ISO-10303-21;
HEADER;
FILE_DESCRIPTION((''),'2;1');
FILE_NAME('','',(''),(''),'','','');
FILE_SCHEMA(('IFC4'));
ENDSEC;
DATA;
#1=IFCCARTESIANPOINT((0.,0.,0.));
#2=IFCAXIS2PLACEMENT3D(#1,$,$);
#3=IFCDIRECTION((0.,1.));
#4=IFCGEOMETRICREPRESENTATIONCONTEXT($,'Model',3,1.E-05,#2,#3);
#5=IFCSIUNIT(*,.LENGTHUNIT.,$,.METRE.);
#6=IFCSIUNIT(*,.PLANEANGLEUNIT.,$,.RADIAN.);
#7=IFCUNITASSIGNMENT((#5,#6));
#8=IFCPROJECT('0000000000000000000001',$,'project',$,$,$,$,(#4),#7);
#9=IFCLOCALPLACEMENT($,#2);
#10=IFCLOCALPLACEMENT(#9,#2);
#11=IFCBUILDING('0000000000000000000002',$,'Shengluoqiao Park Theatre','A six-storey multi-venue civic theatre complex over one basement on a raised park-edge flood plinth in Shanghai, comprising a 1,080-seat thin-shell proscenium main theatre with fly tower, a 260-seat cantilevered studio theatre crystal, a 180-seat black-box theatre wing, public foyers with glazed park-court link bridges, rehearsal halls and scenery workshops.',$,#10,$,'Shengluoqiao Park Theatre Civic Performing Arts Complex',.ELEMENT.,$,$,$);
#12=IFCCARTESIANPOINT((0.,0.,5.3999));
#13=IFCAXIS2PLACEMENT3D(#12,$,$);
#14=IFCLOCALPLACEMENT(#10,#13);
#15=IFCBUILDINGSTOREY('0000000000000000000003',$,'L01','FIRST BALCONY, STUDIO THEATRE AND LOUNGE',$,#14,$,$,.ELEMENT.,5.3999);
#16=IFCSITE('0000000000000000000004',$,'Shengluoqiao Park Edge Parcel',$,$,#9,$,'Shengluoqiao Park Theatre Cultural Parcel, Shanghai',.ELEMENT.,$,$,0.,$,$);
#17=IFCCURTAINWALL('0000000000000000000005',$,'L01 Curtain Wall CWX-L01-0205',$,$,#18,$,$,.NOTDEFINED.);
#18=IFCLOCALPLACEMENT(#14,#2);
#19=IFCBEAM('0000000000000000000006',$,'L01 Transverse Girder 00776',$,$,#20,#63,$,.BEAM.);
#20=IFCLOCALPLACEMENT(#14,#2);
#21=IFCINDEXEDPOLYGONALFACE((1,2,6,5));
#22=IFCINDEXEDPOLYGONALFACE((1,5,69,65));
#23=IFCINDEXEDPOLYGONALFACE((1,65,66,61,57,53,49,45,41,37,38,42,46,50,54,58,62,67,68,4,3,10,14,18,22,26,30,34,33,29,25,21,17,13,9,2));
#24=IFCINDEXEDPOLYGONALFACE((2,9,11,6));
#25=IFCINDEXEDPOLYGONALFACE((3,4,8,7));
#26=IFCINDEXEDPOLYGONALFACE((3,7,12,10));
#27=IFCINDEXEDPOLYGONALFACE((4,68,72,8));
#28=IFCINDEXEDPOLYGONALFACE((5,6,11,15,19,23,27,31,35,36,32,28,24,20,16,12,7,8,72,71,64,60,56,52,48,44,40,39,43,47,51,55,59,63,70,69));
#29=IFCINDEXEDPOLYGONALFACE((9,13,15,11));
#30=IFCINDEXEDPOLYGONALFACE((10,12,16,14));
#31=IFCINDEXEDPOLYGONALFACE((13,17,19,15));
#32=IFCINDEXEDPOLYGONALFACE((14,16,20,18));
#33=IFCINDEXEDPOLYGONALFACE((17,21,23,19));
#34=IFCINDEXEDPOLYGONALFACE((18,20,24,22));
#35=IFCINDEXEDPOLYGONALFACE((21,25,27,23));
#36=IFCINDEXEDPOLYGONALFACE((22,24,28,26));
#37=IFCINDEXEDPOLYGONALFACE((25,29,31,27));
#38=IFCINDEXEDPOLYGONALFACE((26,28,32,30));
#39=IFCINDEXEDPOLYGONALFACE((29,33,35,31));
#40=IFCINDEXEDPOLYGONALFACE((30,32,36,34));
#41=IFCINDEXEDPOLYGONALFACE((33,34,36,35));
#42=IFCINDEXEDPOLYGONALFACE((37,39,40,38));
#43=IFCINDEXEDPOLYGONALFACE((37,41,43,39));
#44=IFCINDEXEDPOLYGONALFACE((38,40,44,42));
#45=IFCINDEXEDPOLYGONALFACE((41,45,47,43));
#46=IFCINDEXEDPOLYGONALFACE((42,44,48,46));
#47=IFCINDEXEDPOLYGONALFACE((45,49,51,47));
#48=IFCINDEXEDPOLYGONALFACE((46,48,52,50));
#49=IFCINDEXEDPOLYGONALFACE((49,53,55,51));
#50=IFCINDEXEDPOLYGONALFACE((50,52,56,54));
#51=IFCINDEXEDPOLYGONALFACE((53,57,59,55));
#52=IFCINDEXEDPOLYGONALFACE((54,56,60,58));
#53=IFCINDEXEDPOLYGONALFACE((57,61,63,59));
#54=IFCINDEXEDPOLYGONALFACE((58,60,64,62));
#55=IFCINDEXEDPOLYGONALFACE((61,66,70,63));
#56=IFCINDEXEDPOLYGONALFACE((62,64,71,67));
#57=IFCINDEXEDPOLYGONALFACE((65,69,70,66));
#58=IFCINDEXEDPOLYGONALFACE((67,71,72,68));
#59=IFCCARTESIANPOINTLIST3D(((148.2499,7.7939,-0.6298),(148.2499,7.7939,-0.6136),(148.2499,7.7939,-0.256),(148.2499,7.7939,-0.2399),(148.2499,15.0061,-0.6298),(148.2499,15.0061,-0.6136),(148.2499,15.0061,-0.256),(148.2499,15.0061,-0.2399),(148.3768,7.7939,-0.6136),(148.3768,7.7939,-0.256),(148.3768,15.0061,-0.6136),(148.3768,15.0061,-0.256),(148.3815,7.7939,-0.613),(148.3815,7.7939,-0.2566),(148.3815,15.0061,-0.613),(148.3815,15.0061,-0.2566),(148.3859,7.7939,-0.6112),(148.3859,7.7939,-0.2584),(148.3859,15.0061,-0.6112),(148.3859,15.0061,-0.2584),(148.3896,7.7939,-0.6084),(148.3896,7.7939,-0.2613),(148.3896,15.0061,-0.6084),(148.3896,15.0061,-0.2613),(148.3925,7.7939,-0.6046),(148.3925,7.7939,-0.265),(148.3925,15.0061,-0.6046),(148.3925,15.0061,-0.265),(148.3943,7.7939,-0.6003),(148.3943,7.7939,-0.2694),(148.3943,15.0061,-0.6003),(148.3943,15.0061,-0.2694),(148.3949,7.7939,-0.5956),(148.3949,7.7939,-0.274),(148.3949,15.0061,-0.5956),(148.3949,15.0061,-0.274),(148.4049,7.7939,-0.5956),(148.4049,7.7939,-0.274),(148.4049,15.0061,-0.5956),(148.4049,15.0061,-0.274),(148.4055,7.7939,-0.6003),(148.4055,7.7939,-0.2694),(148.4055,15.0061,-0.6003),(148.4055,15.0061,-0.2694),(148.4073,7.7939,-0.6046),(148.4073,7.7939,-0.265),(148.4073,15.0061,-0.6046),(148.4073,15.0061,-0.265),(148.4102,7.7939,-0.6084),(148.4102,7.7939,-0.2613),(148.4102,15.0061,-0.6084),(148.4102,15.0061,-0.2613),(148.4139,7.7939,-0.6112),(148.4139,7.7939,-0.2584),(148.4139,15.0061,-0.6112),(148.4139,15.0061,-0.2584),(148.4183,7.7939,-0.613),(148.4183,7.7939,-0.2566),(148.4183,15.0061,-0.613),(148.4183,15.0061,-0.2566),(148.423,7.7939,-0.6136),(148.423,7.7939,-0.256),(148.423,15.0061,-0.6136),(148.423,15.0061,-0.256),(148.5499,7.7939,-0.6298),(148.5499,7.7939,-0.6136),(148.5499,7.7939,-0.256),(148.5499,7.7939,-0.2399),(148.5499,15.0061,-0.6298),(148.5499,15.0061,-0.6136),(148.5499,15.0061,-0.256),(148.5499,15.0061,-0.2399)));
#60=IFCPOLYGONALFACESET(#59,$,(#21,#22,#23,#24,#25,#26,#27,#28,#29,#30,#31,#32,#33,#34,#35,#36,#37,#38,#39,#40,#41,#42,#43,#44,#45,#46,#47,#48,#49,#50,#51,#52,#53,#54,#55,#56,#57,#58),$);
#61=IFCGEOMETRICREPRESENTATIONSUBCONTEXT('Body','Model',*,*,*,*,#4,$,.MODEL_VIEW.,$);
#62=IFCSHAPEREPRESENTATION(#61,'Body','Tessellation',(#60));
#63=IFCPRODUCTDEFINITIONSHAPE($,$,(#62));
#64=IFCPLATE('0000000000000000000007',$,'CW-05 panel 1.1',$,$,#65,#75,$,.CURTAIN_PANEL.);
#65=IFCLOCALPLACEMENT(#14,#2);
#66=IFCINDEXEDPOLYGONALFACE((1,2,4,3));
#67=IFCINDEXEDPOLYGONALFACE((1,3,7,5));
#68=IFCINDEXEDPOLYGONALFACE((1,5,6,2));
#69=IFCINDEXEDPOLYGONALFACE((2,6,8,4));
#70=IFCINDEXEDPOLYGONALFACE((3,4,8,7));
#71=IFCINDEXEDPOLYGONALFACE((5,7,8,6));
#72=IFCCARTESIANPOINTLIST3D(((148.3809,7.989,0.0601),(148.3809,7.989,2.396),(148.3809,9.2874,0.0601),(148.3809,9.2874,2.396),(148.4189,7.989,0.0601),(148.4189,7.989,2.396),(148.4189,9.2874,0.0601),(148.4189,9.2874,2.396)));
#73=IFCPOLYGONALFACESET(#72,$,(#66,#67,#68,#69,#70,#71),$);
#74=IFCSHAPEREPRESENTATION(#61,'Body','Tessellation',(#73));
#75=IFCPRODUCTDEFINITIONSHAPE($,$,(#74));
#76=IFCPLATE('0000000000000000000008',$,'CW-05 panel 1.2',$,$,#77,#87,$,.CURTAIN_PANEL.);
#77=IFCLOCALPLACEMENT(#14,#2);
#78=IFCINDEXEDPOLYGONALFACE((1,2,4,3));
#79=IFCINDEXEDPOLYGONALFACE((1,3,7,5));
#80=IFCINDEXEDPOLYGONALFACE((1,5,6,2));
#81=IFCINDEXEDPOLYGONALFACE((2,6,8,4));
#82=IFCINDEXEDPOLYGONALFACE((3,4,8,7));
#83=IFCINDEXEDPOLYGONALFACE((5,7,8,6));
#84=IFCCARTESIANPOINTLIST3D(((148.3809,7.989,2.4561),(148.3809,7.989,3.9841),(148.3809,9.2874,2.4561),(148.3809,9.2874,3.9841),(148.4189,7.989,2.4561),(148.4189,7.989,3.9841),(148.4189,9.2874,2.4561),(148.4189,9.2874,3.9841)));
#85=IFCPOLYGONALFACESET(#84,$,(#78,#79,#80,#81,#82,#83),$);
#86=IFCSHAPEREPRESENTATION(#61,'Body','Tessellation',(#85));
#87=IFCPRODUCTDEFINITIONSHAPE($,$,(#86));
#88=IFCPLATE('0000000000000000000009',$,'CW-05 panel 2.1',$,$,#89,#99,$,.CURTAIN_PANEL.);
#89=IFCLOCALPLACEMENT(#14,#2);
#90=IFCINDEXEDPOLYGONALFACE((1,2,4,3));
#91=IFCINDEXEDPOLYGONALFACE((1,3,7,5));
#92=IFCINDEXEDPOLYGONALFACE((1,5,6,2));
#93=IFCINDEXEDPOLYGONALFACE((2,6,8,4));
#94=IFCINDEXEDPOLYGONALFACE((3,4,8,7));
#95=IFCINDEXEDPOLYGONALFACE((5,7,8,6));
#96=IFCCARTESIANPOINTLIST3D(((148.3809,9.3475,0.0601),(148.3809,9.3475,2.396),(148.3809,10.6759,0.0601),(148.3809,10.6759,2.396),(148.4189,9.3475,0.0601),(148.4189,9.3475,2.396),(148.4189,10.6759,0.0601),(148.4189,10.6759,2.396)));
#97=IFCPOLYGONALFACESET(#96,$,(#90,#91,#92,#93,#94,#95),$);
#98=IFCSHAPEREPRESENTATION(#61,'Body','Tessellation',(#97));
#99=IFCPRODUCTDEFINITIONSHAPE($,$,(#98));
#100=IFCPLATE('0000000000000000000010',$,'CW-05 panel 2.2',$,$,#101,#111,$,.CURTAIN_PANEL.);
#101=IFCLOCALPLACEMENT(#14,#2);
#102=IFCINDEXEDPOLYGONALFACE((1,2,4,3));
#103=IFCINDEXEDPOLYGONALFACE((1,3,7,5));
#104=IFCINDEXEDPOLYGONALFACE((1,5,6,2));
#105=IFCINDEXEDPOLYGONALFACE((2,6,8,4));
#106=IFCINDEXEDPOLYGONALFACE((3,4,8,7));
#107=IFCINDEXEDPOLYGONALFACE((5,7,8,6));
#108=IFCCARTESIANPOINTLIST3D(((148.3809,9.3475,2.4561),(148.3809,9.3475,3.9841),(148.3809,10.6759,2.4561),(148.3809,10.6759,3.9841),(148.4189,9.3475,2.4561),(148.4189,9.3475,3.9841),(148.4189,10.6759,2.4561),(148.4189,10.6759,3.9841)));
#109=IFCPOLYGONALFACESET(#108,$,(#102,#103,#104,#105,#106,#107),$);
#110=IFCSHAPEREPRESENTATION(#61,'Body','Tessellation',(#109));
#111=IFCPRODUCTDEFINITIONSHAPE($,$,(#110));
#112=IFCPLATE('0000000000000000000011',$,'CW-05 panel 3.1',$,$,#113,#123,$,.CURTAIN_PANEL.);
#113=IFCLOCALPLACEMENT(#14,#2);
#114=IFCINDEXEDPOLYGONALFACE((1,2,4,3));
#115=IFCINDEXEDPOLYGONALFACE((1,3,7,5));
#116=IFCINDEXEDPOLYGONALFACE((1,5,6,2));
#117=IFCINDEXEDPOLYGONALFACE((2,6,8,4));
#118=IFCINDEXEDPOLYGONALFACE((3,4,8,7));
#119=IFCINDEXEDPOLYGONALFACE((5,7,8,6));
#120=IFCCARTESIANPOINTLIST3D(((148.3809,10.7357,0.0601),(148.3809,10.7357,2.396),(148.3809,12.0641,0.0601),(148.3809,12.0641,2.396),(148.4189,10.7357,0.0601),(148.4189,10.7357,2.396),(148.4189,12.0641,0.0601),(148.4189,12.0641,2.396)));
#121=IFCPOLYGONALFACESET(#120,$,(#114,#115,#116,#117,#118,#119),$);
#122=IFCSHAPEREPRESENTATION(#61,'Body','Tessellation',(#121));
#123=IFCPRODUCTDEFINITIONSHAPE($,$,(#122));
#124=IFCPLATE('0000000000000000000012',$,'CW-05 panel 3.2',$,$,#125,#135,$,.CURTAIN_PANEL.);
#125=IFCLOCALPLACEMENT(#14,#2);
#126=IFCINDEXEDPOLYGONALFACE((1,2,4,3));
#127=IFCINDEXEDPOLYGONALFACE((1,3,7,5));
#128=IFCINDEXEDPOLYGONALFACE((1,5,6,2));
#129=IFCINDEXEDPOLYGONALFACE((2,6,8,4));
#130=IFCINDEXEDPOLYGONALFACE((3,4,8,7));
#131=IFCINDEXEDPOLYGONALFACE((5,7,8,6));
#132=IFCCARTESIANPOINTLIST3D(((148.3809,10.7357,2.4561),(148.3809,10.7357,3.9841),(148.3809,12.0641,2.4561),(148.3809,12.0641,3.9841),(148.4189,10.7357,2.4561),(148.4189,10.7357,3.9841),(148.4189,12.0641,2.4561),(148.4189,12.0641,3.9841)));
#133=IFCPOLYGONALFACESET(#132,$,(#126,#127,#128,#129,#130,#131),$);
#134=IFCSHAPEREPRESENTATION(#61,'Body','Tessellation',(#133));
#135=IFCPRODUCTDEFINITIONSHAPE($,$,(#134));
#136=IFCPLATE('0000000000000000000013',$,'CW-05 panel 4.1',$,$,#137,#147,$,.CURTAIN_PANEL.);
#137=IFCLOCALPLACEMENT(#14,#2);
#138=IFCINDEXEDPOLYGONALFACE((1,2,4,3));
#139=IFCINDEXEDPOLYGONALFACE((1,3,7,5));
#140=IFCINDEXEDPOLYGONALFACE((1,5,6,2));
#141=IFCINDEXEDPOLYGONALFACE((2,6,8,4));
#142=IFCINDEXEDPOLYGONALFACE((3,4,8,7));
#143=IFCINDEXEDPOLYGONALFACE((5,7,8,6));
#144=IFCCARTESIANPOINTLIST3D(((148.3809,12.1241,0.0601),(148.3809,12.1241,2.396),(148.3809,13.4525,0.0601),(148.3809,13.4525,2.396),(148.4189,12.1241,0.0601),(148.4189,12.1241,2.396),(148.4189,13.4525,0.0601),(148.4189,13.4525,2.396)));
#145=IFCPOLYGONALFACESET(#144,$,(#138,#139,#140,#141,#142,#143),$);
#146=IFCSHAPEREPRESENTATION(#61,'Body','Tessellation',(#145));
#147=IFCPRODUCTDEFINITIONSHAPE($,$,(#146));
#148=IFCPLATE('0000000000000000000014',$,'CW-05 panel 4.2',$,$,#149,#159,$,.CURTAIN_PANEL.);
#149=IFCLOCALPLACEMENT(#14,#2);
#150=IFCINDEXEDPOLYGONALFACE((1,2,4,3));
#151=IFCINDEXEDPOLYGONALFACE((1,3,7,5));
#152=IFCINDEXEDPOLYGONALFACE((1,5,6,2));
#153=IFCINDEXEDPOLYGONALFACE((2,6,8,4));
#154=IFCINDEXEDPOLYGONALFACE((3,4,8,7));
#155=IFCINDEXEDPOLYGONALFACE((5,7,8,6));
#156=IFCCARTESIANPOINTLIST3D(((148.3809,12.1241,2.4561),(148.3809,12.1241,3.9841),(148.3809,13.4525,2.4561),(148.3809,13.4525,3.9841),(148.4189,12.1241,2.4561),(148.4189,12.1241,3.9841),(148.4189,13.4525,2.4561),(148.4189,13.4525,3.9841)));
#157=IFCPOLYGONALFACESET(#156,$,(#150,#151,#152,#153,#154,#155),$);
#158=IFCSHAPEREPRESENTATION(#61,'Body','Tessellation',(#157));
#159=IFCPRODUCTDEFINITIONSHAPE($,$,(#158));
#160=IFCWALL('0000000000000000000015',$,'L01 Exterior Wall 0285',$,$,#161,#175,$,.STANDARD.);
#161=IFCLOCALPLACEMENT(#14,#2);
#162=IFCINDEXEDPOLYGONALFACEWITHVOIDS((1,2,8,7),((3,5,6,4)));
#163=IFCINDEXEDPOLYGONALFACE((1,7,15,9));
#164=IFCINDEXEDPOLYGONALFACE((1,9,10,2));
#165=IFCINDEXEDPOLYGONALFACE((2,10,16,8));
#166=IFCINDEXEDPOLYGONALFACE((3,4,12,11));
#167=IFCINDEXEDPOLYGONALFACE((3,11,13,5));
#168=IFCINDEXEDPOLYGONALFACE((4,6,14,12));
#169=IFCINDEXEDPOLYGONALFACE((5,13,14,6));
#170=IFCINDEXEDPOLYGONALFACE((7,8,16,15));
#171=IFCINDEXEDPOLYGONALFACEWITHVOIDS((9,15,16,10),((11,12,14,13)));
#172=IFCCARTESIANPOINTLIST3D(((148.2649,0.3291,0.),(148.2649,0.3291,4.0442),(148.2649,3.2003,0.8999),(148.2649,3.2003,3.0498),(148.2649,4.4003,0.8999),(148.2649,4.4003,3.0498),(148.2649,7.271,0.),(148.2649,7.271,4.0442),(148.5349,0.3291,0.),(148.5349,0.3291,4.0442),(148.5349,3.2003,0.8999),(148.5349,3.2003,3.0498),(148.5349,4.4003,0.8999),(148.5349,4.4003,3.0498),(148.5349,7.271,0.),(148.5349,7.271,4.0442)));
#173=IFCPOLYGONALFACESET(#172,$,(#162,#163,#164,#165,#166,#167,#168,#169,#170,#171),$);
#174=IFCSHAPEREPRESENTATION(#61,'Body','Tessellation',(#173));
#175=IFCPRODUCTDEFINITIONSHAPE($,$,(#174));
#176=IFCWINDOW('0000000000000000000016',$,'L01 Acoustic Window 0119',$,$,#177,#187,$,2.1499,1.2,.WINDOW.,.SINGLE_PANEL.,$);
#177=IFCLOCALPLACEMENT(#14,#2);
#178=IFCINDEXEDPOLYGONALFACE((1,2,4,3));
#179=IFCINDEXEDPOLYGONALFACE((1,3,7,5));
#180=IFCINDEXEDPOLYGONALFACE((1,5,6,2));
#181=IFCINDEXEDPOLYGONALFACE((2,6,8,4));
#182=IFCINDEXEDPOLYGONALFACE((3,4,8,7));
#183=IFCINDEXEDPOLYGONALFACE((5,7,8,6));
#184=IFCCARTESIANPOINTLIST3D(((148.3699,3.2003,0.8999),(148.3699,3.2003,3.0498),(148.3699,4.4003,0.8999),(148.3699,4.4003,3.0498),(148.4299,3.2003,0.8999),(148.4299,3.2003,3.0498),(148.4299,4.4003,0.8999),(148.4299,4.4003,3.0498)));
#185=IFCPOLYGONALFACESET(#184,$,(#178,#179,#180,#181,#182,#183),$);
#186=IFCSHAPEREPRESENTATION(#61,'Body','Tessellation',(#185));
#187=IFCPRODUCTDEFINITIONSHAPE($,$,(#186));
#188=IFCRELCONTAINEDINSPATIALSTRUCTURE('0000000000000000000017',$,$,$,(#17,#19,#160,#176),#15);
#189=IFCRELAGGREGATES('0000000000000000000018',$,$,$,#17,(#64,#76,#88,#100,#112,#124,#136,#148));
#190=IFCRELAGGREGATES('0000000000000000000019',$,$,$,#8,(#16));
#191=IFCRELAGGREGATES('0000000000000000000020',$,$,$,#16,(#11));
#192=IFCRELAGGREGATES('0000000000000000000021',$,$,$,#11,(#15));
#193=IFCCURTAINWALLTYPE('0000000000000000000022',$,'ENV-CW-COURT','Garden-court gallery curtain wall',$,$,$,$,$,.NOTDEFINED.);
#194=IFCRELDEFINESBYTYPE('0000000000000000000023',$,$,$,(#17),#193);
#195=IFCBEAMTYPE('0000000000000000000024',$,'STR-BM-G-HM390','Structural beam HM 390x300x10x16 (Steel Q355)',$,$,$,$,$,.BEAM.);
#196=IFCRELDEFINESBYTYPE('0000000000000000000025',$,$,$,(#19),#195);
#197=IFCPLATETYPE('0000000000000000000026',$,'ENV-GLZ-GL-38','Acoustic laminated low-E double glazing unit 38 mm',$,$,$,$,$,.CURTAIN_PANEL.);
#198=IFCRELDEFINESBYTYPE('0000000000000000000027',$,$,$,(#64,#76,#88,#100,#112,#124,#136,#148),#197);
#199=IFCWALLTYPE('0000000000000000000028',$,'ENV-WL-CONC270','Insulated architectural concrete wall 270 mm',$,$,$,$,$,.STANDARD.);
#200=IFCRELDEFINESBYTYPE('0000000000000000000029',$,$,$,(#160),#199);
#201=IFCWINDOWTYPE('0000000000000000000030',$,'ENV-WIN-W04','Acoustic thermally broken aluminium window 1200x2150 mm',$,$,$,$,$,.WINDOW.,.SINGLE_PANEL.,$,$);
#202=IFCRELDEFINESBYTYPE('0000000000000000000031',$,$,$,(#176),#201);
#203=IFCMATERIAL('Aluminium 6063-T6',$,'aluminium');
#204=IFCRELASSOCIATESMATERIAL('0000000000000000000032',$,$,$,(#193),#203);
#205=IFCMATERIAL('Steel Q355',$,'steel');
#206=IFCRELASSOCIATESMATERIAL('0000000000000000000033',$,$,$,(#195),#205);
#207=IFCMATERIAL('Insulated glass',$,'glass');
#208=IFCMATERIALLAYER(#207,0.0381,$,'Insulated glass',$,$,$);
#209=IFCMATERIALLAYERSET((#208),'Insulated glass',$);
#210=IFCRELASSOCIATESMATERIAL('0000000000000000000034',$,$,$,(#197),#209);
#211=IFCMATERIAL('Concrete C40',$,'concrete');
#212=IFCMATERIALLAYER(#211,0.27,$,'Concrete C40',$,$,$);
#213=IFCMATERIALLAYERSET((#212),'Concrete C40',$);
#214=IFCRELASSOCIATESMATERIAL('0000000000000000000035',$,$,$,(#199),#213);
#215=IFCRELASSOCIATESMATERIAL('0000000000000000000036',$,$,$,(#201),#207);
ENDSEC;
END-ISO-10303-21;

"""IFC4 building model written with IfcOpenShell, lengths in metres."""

from ifc_helpers import new_model, si_unit, direction, frame, frame_2d, origin, origin_2d, place, context, subcontext, project, spatial, rectangle, i_section, extrude, material, layer, layer_set, material_profile, profile_set, type_object, element, fill, aggregate, save


model = new_model("IFC4")

# Units and contexts
model_context = context("Model", 3, precision=1e-05, world=origin(), true_north=direction((0.0, 1.0)))
body_context = subcontext(model_context, "Body", "Model", "MODEL_VIEW")
ifc_project = project(units=[si_unit("LENGTHUNIT", "METRE"), si_unit("PLANEANGLEUNIT", "RADIAN")], contexts=[model_context])

# Site, building, storey
site_placement = place(None, origin())
site = spatial("IfcSite", under=ifc_project, at=site_placement, Name="Shengluoqiao Park Edge Parcel", LongName="Shengluoqiao Park Theatre Cultural Parcel, Shanghai", CompositionType="ELEMENT", RefElevation=0.0)
building_placement = place(site_placement, origin())
building = spatial("IfcBuilding", under=site, at=building_placement, Name="Shengluoqiao Park Theatre", Description="A six-storey multi-venue civic theatre complex over one basement on a raised park-edge flood plinth in Shanghai, comprising a 1,080-seat thin-shell proscenium main theatre with fly tower, a 260-seat cantilevered studio theatre crystal, a 180-seat black-box theatre wing, public foyers with glazed park-court link bridges, rehearsal halls and scenery workshops.", LongName="Shengluoqiao Park Theatre Civic Performing Arts Complex", CompositionType="ELEMENT")
storey_placement = place(building_placement, frame((0.0, 0.0, 5.3999)))
storey = spatial("IfcBuildingStorey", under=building, at=storey_placement, Name="L01", Description="FIRST BALCONY, STUDIO THEATRE AND LOUNGE", CompositionType="ELEMENT", Elevation=5.3999)

# Shared definitions
ifc_material_1 = material(Name="Concrete C40", Category="concrete")

# Curtain wall
ifc_material_2 = material(Name="Aluminium 6063-T6", Category="aluminium")
curtain_wall_type = type_object("IfcCurtainWallType", Name="ENV-CW-COURT", Description="Garden-court gallery curtain wall", PredefinedType="NOTDEFINED", material=ifc_material_2)
curtain_wall_placement = place(storey_placement, origin())
curtain_wall = element("IfcCurtainWall", 1, at=curtain_wall_placement, inside=storey, type_object=curtain_wall_type, Name="L01 Curtain Wall CWX-L01-0205", PredefinedType="NOTDEFINED")

# Beam
ifc_material_3 = material(Name="Steel Q355", Category="steel")
ifc_material_profile_1 = material_profile(ifc_material_3, i_section(OverallWidth=0.3, OverallDepth=0.3899, WebThickness=0.01, FlangeThickness=0.0161, FilletRadius=0.0181, at=origin_2d()), Name="HM 390x300x10x16")
ifc_profile_set_1 = profile_set([ifc_material_profile_1], Name="Steel Q355")
beam_type = type_object("IfcBeamType", Name="STR-BM-G-HM390", Description="Structural beam HM 390x300x10x16 (Steel Q355)", PredefinedType="BEAM", material=ifc_profile_set_1)
beam_1_placement = place(storey_placement, frame((148.3999, 7.7939, -0.4348), z_axis=(0.0, 1.0, 0.0), x_axis=(-1.0, 0.0, 0.0)))
element("IfcBeam", 2, at=beam_1_placement, inside=storey, type_object=beam_type, Name="L01 Transverse Girder 00776", PredefinedType="BEAM", context=body_context, shape_type="SweptSolid", body=[
    extrude(i_section(OverallWidth=0.3, OverallDepth=0.3899, WebThickness=0.01, FlangeThickness=0.0161, FilletRadius=0.0181, at=origin_2d()), origin(), (0.0, 0.0, 1.0), 7.2122),
])

# Plates
ifc_material_4 = material(Name="Insulated glass", Category="glass")
ifc_layer_1 = layer(ifc_material_4, 0.0381, Name="Insulated glass")
ifc_layer_set_1 = layer_set([ifc_layer_1], Name="Insulated glass")
plate_type = type_object("IfcPlateType", Name="ENV-GLZ-GL-38", Description="Acoustic laminated low-E double glazing unit 38 mm", PredefinedType="CURTAIN_PANEL", material=ifc_layer_set_1)
plate_1_placement = place(storey_placement, frame((148.3999, 8.6382, 0.0601), z_axis=(0.0, 0.0, 1.0), x_axis=(0.0, 1.0, 0.0)))
plate_1 = element("IfcPlate", 3, at=plate_1_placement, type_object=plate_type, Name="CW-05 panel 1.1", PredefinedType="CURTAIN_PANEL", context=body_context, shape_type="SweptSolid", body=[
    extrude(rectangle(XDim=1.2983, YDim=0.0381, at=origin_2d()), origin(), (0.0, 0.0, 1.0), 2.3359),
])
plate_2_placement = place(storey_placement, frame((148.3999, 8.6382, 2.4561), z_axis=(0.0, 0.0, 1.0), x_axis=(0.0, 1.0, 0.0)))
plate_2 = element("IfcPlate", 4, at=plate_2_placement, type_object=plate_type, Name="CW-05 panel 1.2", PredefinedType="CURTAIN_PANEL", context=body_context, shape_type="SweptSolid", body=[
    extrude(rectangle(XDim=1.2983, YDim=0.0381, at=origin_2d()), origin(), (0.0, 0.0, 1.0), 1.5281),
])
plate_3_placement = place(storey_placement, frame((148.3999, 10.0117, 0.0601), z_axis=(0.0, 0.0, 1.0), x_axis=(0.0, 1.0, 0.0)))
plate_3 = element("IfcPlate", 5, at=plate_3_placement, type_object=plate_type, Name="CW-05 panel 2.1", PredefinedType="CURTAIN_PANEL", context=body_context, shape_type="SweptSolid", body=[
    extrude(rectangle(XDim=1.3284, YDim=0.0381, at=origin_2d()), origin(), (0.0, 0.0, 1.0), 2.3359),
])
plate_4_placement = place(storey_placement, frame((148.3999, 10.0117, 2.4561), z_axis=(0.0, 0.0, 1.0), x_axis=(0.0, 1.0, 0.0)))
plate_4 = element("IfcPlate", 6, at=plate_4_placement, type_object=plate_type, Name="CW-05 panel 2.2", PredefinedType="CURTAIN_PANEL", context=body_context, shape_type="SweptSolid", body=[
    extrude(rectangle(XDim=1.3284, YDim=0.0381, at=origin_2d()), origin(), (0.0, 0.0, 1.0), 1.5281),
])
plate_5_placement = place(storey_placement, frame((148.3999, 11.3999, 0.0601), z_axis=(0.0, 0.0, 1.0), x_axis=(0.0, 1.0, 0.0)))
plate_5 = element("IfcPlate", 7, at=plate_5_placement, type_object=plate_type, Name="CW-05 panel 3.1", PredefinedType="CURTAIN_PANEL", context=body_context, shape_type="SweptSolid", body=[
    extrude(rectangle(XDim=1.3284, YDim=0.0381, at=origin_2d()), origin(), (0.0, 0.0, 1.0), 2.3359),
])
plate_6_placement = place(storey_placement, frame((148.3999, 11.3999, 2.4561), z_axis=(0.0, 0.0, 1.0), x_axis=(0.0, 1.0, 0.0)))
plate_6 = element("IfcPlate", 8, at=plate_6_placement, type_object=plate_type, Name="CW-05 panel 3.2", PredefinedType="CURTAIN_PANEL", context=body_context, shape_type="SweptSolid", body=[
    extrude(rectangle(XDim=1.3284, YDim=0.0381, at=origin_2d()), origin(), (0.0, 0.0, 1.0), 1.5281),
])
plate_7_placement = place(storey_placement, frame((148.3999, 12.7883, 0.0601), z_axis=(0.0, 0.0, 1.0), x_axis=(0.0, 1.0, 0.0)))
plate_7 = element("IfcPlate", 9, at=plate_7_placement, type_object=plate_type, Name="CW-05 panel 4.1", PredefinedType="CURTAIN_PANEL", context=body_context, shape_type="SweptSolid", body=[
    extrude(rectangle(XDim=1.3284, YDim=0.0381, at=origin_2d()), origin(), (0.0, 0.0, 1.0), 2.3359),
])
plate_8_placement = place(storey_placement, frame((148.3999, 12.7883, 2.4561), z_axis=(0.0, 0.0, 1.0), x_axis=(0.0, 1.0, 0.0)))
plate_8 = element("IfcPlate", 10, at=plate_8_placement, type_object=plate_type, Name="CW-05 panel 4.2", PredefinedType="CURTAIN_PANEL", context=body_context, shape_type="SweptSolid", body=[
    extrude(rectangle(XDim=1.3284, YDim=0.0381, at=origin_2d()), origin(), (0.0, 0.0, 1.0), 1.5281),
])
aggregate(curtain_wall, [plate_1, plate_2, plate_3, plate_4, plate_5, plate_6, plate_7, plate_8])

# Wall, opening, window
ifc_layer_2 = layer(ifc_material_1, 0.27, Name="Concrete C40")
ifc_layer_set_2 = layer_set([ifc_layer_2], Name="Concrete C40")
wall_type = type_object("IfcWallType", Name="ENV-WL-CONC270", Description="Insulated architectural concrete wall 270 mm", PredefinedType="STANDARD", material=ifc_layer_set_2)
wall_placement = place(storey_placement, frame((148.3999, 0.3291, 0.0), z_axis=(0.0, 0.0, 1.0), x_axis=(0.0, 1.0, 0.0)))
wall = element("IfcWall", 11, at=wall_placement, inside=storey, type_object=wall_type, Name="L01 Exterior Wall 0285", PredefinedType="STANDARD", context=body_context, shape_type="SweptSolid", body=[
    extrude(rectangle(XDim=6.9419, YDim=0.27, at=frame_2d((3.4709, 0.0))), origin(), (0.0, 0.0, 1.0), 4.0442),
])
opening_placement = place(wall_placement, frame((2.8711, 0.0, 0.8999)))
opening = element("IfcOpeningElement", 12, at=opening_placement, cuts=wall, PredefinedType="OPENING", context=body_context, shape_type="SweptSolid", body=[
    extrude(rectangle(XDim=1.2, YDim=2.1499, at=frame_2d((0.6001, 1.075))), frame((0.0, 0.145, 0.0), z_axis=(0.0, -1.0, 0.0), x_axis=(1.0, 0.0, 0.0)), (0.0, 0.0, 1.0), 0.29),
])
window_type = type_object("IfcWindowType", Name="ENV-WIN-W04", Description="Acoustic thermally broken aluminium window 1200x2150 mm", PartitioningType="SINGLE_PANEL", PredefinedType="WINDOW", material=ifc_material_4)
window_placement = place(opening_placement, origin())
window = element("IfcWindow", 13, at=window_placement, inside=storey, type_object=window_type, Name="L01 Acoustic Window 0119", OverallHeight=2.1499, OverallWidth=1.2, PartitioningType="SINGLE_PANEL", PredefinedType="WINDOW", context=body_context, shape_type="SweptSolid", body=[
    extrude(rectangle(XDim=1.2, YDim=2.1499, at=frame_2d((0.6001, 1.075))), frame((0.0, 0.03, 0.0), z_axis=(0.0, -1.0, 0.0), x_axis=(1.0, 0.0, 0.0)), (0.0, 0.0, 1.0), 0.0601),
])
fill(opening, window)

save(model, "model.ifc")
